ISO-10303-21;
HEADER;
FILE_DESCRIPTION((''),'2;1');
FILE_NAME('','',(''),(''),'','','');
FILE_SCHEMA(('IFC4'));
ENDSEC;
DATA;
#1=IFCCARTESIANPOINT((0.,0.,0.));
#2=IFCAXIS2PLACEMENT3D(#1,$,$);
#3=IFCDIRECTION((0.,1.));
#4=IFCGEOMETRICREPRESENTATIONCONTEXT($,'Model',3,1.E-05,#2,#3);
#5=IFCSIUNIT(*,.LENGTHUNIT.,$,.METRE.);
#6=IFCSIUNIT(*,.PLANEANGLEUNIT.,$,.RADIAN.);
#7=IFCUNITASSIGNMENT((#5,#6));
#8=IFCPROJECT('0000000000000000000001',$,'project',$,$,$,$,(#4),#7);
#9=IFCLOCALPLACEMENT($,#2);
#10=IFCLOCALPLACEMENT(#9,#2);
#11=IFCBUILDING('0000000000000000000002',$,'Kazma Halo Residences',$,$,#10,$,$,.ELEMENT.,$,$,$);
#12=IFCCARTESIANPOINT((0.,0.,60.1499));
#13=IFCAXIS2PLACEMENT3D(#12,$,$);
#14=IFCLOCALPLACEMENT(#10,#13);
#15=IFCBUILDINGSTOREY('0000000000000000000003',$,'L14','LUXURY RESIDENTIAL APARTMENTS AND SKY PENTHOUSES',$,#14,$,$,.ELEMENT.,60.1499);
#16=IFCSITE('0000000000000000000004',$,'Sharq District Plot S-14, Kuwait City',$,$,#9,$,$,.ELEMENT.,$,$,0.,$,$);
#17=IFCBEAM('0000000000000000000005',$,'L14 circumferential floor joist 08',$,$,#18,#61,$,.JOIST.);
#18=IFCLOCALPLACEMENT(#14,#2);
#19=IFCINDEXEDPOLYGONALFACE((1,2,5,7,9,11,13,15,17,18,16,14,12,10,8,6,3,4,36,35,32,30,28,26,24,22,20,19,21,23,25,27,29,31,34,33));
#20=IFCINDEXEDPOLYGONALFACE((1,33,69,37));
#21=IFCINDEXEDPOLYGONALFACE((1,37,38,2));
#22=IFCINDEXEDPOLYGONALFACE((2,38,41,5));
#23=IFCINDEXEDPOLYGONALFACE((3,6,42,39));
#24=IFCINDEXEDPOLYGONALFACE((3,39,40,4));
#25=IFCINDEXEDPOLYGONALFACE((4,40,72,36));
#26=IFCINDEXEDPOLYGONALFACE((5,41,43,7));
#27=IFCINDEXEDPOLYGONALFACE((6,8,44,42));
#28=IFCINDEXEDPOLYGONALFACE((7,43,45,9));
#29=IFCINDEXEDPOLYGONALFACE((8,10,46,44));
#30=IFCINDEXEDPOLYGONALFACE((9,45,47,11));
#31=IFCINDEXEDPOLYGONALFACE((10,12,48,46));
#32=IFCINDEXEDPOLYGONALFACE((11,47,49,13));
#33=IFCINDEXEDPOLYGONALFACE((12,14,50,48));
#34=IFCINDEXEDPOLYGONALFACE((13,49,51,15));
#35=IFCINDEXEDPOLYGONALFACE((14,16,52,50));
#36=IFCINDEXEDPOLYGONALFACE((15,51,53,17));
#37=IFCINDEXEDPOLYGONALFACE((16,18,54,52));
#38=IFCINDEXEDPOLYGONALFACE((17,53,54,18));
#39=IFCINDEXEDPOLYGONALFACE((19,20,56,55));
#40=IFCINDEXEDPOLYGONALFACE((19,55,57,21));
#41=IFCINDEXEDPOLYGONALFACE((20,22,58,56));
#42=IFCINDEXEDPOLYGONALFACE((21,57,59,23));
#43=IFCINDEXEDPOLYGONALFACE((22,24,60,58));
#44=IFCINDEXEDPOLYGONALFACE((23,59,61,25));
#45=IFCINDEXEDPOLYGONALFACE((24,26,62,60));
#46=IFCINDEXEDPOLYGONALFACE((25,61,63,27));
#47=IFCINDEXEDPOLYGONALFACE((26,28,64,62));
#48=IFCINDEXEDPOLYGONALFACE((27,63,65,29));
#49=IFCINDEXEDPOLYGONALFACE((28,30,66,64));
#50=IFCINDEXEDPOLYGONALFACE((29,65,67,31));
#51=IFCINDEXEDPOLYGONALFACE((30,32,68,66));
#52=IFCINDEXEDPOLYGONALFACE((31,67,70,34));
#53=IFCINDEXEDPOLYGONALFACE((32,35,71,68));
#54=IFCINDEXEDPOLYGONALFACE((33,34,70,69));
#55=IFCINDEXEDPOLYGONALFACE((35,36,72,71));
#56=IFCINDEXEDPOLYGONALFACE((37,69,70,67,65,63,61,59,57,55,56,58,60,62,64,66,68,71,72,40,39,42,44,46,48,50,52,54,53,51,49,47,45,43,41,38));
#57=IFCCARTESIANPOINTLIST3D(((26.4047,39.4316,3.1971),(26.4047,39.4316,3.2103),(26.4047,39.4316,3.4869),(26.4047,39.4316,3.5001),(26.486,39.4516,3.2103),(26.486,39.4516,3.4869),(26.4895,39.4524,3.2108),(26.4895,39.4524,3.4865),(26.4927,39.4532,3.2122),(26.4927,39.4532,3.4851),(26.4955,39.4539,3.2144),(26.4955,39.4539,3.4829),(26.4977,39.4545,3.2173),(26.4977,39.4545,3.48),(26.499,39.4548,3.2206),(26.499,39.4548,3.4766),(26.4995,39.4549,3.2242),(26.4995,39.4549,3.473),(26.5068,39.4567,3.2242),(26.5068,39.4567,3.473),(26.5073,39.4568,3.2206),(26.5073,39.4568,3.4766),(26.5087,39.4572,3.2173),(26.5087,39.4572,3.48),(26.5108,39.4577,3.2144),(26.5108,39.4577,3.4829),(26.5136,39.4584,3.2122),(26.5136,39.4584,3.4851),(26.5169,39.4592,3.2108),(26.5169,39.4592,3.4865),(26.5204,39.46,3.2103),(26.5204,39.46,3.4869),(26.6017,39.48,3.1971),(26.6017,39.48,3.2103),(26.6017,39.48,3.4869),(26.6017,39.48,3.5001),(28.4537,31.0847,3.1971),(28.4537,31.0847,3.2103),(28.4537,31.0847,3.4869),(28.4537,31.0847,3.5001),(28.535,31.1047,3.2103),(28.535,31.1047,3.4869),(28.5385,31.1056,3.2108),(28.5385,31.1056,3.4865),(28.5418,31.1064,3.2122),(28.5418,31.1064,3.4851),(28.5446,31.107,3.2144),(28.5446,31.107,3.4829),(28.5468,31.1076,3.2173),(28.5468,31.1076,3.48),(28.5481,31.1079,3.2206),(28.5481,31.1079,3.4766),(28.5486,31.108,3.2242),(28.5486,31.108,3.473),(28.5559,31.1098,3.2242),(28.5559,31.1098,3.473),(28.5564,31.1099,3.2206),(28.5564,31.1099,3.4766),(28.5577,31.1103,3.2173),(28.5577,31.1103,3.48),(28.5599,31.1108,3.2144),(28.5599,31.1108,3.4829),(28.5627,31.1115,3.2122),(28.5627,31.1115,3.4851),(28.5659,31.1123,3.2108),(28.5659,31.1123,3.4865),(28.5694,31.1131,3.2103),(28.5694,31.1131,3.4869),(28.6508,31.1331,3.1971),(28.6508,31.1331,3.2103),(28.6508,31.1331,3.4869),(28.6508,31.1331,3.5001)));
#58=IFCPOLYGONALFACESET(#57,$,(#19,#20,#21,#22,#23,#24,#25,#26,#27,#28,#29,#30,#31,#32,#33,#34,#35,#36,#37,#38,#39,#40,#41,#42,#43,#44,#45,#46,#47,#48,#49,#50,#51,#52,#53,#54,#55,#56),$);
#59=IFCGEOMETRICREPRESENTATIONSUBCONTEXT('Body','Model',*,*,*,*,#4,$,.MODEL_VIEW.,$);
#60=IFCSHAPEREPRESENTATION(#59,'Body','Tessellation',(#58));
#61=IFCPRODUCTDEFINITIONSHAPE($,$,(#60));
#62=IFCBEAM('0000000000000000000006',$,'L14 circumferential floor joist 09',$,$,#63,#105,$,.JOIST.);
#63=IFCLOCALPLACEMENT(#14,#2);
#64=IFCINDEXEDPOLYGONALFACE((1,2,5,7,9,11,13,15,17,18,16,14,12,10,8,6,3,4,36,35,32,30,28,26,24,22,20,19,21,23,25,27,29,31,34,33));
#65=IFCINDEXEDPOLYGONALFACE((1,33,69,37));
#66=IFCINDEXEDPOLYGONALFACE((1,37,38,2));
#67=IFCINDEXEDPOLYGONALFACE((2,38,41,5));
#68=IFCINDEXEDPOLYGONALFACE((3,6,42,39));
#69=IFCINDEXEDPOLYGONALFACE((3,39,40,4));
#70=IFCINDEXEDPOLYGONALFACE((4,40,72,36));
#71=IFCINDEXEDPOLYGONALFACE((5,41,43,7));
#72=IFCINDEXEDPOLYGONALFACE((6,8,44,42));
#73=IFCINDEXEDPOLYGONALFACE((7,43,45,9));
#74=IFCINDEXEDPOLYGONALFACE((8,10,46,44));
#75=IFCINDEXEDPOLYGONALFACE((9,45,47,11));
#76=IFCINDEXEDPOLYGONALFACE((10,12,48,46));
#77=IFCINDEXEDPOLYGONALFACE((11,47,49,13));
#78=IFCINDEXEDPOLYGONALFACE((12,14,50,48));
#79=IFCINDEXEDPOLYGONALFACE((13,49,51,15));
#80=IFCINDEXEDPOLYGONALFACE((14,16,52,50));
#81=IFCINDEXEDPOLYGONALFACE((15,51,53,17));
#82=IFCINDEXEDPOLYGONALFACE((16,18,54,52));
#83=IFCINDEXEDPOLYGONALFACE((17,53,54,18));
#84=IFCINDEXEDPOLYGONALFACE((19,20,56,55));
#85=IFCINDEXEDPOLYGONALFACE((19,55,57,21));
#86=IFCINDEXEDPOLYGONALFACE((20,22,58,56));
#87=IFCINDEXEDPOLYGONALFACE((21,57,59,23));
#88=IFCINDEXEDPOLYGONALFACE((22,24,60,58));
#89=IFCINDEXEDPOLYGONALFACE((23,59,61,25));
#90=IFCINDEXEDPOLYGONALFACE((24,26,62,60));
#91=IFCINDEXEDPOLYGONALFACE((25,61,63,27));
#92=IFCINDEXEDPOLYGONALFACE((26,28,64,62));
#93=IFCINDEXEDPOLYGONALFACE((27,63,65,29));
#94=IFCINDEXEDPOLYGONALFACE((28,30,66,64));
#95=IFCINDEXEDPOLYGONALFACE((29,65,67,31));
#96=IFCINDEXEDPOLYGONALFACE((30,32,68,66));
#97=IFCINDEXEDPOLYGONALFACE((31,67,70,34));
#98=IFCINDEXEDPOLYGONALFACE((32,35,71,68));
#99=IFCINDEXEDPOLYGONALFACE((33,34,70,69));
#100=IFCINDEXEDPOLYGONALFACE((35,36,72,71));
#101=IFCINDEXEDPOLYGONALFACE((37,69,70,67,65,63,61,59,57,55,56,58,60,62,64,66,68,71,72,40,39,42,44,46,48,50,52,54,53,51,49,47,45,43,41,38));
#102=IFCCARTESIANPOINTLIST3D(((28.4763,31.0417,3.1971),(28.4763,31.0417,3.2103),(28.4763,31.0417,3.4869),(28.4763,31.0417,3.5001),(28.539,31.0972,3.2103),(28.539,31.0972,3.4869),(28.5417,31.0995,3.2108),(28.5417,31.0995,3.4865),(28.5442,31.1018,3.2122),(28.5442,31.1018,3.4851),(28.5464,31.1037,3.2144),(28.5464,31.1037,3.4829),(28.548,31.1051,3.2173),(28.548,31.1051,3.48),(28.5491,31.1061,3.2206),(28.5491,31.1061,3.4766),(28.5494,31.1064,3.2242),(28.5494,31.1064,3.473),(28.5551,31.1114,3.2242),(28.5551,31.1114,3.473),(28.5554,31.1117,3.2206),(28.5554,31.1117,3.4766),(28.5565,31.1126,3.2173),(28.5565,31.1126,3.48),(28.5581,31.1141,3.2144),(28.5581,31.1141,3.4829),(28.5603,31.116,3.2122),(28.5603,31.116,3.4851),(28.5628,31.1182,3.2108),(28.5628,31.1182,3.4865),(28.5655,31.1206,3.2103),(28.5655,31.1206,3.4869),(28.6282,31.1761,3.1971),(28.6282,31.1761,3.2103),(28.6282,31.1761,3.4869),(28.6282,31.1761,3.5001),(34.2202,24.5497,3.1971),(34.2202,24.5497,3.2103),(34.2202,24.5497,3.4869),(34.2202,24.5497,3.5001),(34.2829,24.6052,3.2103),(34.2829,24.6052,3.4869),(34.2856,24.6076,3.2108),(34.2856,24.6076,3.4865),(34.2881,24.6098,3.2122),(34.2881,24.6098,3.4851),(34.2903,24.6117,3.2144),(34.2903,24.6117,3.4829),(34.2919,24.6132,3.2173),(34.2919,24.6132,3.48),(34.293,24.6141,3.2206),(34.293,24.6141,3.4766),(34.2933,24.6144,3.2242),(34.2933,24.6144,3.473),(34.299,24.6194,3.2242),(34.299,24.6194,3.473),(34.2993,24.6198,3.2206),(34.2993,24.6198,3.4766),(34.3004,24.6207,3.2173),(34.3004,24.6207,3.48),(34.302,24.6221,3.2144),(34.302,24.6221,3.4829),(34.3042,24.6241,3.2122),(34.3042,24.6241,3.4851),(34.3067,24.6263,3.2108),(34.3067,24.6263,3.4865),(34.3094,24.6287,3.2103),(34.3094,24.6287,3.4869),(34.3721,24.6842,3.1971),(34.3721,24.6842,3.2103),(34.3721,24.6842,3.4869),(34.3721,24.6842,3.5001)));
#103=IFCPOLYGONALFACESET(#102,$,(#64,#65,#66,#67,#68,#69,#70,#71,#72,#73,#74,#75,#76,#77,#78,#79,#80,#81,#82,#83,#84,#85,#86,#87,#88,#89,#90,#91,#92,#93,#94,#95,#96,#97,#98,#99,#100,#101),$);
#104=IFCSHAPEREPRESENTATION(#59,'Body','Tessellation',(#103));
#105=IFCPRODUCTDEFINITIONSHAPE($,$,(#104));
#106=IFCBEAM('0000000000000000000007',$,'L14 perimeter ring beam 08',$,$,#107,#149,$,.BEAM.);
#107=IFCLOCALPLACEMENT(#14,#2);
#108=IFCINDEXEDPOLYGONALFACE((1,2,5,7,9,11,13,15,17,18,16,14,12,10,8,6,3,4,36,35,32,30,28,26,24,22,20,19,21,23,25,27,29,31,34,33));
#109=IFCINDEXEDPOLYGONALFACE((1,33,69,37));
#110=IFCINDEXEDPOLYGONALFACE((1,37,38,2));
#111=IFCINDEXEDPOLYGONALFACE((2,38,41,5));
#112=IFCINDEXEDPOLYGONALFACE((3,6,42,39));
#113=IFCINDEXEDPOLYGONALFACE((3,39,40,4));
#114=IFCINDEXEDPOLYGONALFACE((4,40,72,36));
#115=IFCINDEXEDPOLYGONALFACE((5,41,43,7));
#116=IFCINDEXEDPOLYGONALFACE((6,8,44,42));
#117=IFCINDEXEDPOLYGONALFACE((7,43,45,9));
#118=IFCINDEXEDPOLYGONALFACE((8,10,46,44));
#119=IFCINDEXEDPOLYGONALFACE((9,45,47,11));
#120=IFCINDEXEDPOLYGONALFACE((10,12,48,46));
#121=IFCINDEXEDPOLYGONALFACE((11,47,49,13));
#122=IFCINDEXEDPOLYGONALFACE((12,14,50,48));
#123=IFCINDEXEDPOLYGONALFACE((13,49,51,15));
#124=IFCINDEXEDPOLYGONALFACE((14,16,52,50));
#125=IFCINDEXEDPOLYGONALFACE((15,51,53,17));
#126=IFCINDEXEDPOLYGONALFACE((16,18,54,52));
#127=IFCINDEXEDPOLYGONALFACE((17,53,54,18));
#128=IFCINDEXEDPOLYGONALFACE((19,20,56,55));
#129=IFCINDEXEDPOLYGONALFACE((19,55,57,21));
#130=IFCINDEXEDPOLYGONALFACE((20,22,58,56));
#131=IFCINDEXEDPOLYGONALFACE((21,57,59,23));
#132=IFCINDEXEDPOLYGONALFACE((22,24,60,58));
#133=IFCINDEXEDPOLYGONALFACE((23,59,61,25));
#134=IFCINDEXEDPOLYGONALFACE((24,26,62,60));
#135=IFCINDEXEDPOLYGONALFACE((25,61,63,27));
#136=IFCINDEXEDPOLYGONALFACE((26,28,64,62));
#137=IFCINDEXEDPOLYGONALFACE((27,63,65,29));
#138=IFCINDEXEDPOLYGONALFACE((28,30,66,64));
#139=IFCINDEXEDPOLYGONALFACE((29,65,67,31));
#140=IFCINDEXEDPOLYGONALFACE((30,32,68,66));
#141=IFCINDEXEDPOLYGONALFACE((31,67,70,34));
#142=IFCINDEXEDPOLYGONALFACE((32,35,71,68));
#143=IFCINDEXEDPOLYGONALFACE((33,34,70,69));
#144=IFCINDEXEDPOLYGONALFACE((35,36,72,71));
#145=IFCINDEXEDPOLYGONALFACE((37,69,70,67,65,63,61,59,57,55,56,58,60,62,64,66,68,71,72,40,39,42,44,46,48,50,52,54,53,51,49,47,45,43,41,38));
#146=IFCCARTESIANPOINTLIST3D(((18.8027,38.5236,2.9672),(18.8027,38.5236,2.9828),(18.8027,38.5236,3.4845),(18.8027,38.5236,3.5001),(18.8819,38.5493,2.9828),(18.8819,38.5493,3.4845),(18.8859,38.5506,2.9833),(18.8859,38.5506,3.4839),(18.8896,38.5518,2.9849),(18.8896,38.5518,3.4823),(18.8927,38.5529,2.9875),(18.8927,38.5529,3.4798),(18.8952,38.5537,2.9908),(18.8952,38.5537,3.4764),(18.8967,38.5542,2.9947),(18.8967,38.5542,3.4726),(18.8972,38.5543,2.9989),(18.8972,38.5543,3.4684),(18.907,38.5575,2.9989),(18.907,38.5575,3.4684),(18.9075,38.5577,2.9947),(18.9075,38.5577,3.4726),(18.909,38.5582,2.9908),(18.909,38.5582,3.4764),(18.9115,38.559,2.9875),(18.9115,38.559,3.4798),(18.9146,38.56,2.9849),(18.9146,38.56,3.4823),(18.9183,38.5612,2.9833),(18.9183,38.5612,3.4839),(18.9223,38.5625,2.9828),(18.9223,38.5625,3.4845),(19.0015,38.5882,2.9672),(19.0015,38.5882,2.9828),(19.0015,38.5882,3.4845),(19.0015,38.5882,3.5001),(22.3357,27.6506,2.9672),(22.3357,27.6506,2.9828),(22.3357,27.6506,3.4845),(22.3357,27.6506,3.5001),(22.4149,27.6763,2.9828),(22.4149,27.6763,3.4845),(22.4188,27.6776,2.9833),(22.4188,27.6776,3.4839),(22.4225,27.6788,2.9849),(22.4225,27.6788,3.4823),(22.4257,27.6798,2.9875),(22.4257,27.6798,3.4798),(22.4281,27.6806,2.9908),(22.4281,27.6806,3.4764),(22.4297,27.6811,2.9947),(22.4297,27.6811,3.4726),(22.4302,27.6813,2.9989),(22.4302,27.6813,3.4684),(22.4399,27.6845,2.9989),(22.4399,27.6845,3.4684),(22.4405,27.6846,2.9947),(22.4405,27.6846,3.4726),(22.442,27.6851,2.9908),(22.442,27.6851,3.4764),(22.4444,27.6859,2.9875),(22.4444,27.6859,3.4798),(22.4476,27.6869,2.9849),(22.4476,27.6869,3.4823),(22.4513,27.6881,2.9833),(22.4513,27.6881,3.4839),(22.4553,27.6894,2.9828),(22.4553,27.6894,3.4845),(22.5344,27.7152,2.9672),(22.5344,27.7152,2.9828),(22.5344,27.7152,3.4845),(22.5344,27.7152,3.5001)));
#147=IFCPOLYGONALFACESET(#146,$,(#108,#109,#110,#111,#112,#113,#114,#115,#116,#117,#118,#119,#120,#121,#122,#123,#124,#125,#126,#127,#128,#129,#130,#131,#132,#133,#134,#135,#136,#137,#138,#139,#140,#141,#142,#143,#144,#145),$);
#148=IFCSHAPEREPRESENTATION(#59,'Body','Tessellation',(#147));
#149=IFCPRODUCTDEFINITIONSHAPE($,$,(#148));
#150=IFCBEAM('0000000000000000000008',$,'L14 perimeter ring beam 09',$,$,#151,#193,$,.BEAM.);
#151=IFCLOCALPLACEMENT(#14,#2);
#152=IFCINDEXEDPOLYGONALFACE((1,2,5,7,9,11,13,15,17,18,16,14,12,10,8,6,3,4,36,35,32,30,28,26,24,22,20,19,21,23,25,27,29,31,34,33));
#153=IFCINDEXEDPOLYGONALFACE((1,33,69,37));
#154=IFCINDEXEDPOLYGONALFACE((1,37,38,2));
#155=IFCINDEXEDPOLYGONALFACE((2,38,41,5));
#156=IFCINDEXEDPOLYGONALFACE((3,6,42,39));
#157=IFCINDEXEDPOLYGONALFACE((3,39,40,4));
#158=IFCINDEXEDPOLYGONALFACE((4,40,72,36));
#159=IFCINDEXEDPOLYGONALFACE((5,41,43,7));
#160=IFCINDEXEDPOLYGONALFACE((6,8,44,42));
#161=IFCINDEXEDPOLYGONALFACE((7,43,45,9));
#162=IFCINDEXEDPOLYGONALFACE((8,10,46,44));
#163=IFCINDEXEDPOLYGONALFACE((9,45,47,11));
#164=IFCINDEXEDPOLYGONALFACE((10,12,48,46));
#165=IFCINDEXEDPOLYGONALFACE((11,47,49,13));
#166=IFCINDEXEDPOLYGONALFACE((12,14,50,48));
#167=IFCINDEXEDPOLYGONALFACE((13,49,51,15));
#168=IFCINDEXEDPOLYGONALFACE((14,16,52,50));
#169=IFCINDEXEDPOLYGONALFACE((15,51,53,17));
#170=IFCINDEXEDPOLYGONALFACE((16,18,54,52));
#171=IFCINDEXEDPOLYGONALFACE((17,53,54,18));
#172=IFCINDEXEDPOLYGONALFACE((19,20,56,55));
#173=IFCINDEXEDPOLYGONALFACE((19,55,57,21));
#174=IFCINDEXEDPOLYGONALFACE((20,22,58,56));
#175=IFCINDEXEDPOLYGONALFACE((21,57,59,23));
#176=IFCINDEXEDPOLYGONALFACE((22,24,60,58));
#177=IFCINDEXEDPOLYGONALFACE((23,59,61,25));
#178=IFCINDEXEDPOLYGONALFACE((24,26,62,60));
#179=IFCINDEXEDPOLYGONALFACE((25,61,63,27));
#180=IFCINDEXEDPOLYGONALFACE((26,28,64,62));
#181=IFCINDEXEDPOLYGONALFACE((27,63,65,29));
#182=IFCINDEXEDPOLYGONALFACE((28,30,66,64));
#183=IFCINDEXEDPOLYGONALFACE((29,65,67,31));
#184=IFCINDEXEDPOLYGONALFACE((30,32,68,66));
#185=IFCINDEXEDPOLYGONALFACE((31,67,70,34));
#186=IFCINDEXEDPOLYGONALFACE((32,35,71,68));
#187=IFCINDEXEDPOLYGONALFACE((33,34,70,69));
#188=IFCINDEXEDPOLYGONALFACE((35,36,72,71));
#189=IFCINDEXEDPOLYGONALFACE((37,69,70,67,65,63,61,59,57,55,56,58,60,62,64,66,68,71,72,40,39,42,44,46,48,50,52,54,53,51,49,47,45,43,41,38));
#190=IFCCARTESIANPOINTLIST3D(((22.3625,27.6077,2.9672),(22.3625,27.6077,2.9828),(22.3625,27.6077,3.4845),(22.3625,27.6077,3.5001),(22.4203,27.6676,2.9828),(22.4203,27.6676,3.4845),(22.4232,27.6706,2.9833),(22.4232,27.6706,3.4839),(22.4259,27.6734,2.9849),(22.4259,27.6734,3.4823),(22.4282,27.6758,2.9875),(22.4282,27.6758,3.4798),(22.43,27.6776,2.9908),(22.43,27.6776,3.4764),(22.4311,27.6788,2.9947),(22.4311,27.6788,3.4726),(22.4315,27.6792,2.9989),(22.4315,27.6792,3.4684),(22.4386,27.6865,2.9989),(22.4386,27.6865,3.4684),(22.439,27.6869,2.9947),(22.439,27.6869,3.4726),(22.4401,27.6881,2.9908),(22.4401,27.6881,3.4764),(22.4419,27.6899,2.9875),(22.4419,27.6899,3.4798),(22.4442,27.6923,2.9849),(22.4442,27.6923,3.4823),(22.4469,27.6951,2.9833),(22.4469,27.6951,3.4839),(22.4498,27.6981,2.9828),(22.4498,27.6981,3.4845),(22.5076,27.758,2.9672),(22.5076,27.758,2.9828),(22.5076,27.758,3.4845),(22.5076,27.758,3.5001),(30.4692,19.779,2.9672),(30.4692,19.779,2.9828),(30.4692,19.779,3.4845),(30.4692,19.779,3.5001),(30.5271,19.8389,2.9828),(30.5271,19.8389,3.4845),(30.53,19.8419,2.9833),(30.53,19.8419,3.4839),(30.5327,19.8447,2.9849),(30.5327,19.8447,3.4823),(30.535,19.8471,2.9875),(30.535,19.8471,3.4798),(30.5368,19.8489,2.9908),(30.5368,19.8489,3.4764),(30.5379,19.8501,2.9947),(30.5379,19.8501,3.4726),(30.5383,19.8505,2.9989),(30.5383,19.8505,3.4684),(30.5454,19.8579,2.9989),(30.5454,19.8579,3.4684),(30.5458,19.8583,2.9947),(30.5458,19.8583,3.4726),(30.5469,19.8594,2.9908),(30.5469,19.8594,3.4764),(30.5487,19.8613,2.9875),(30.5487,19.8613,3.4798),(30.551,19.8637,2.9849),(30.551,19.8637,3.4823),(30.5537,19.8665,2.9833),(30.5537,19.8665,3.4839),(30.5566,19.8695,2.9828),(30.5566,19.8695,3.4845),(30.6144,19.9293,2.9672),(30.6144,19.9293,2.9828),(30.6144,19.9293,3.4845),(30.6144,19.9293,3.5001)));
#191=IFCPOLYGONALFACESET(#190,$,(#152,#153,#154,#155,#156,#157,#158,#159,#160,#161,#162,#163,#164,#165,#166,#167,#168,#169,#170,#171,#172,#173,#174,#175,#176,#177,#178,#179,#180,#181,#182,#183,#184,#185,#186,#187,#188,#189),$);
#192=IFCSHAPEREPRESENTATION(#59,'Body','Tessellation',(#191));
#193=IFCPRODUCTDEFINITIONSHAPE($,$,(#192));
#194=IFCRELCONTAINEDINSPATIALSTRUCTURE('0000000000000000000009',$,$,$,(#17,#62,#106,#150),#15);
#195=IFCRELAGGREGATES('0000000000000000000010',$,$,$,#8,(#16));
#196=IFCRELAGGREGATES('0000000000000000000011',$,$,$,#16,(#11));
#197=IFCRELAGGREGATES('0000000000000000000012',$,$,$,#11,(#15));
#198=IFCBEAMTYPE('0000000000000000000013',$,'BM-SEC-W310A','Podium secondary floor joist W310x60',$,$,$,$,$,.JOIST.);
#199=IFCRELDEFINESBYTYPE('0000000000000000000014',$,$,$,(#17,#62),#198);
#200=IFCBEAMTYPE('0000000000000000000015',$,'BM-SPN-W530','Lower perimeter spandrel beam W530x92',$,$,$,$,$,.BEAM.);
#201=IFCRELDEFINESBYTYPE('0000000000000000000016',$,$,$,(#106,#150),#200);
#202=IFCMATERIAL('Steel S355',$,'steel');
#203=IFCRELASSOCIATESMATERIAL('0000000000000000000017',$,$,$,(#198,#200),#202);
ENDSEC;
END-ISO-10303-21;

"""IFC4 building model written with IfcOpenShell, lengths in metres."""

from ifc_helpers import new_model, si_unit, direction, frame, origin, origin_2d, place, context, subcontext, project, spatial, i_section, extrude, material, material_profile, profile_set, type_object, element, save


model = new_model("IFC4")

# Units and contexts
model_context = context("Model", 3, precision=1e-05, world=origin(), true_north=direction((0.0, 1.0)))
body_context = subcontext(model_context, "Body", "Model", "MODEL_VIEW")
ifc_project = project(units=[si_unit("LENGTHUNIT", "METRE"), si_unit("PLANEANGLEUNIT", "RADIAN")], contexts=[model_context])

# Site, building, storey
site_placement = place(None, origin())
site = spatial("IfcSite", under=ifc_project, at=site_placement, Name="Sharq District Plot S-14, Kuwait City", CompositionType="ELEMENT", RefElevation=0.0)
building_placement = place(site_placement, origin())
building = spatial("IfcBuilding", under=site, at=building_placement, Name="Kazma Halo Residences", CompositionType="ELEMENT")
storey_placement = place(building_placement, frame((0.0, 0.0, 60.1499)))
storey = spatial("IfcBuildingStorey", under=building, at=storey_placement, Name="L14", Description="LUXURY RESIDENTIAL APARTMENTS AND SKY PENTHOUSES", CompositionType="ELEMENT", Elevation=60.1499)

# Beams
ifc_material_1 = material(Name="Steel S355", Category="steel")
ifc_material_profile_1 = material_profile(ifc_material_1, i_section(OverallWidth=0.2029, OverallDepth=0.303, WebThickness=0.0076, FlangeThickness=0.0132, FilletRadius=0.0139, at=origin_2d()), Name="W310x60")
ifc_profile_set_1 = profile_set([ifc_material_profile_1], Name="Steel S355")
beam_type_1 = type_object("IfcBeamType", Name="BM-SEC-W310A", Description="Podium secondary floor joist W310x60", PredefinedType="JOIST", material=ifc_profile_set_1)
beam_1_placement = place(storey_placement, frame((26.5032, 39.4558, 3.3486), z_axis=(0.23841, -0.971165, 0.0), x_axis=(0.971165, 0.23841, 0.0)))
element("IfcBeam", 1, at=beam_1_placement, inside=storey, type_object=beam_type_1, Name="L14 circumferential floor joist 08", PredefinedType="JOIST", context=body_context, shape_type="SweptSolid", body=[
    extrude(i_section(OverallWidth=0.2029, OverallDepth=0.303, WebThickness=0.0076, FlangeThickness=0.0132, FilletRadius=0.0139, at=origin_2d()), origin(), (0.0, 0.0, 1.0), 8.5947),
])
beam_2_placement = place(storey_placement, frame((28.5522, 31.1089, 3.3486), z_axis=(0.66264, -0.748938, 0.0), x_axis=(0.748938, 0.66264, 0.0)))
element("IfcBeam", 2, at=beam_2_placement, inside=storey, type_object=beam_type_1, Name="L14 circumferential floor joist 09", PredefinedType="JOIST", context=body_context, shape_type="SweptSolid", body=[
    extrude(i_section(OverallWidth=0.2029, OverallDepth=0.303, WebThickness=0.0076, FlangeThickness=0.0132, FilletRadius=0.0139, at=origin_2d()), origin(), (0.0, 0.0, 1.0), 8.6682),
])
ifc_material_profile_2 = material_profile(ifc_material_1, i_section(OverallWidth=0.209, OverallDepth=0.533, WebThickness=0.0103, FlangeThickness=0.0156, FilletRadius=0.0161, at=origin_2d()), Name="W530x92")
ifc_profile_set_2 = profile_set([ifc_material_profile_2], Name="Steel S355")
beam_type_2 = type_object("IfcBeamType", Name="BM-SPN-W530", Description="Lower perimeter spandrel beam W530x92", PredefinedType="BEAM", material=ifc_profile_set_2)
beam_3_placement = place(storey_placement, frame((18.9021, 38.5559, 3.2336), z_axis=(0.309024, -0.951054, 0.0), x_axis=(0.951054, 0.309024, 0.0)))
element("IfcBeam", 3, at=beam_3_placement, inside=storey, type_object=beam_type_2, Name="L14 perimeter ring beam 08", PredefinedType="BEAM", context=body_context, shape_type="SweptSolid", body=[
    extrude(i_section(OverallWidth=0.209, OverallDepth=0.533, WebThickness=0.0103, FlangeThickness=0.0156, FilletRadius=0.0161, at=origin_2d()), origin(), (0.0, 0.0, 1.0), 11.4326),
])
beam_4_placement = place(storey_placement, frame((22.4351, 27.6829, 3.2336), z_axis=(0.719337, -0.694662, 0.0), x_axis=(0.694662, 0.719337, 0.0)))
element("IfcBeam", 4, at=beam_4_placement, inside=storey, type_object=beam_type_2, Name="L14 perimeter ring beam 09", PredefinedType="BEAM", context=body_context, shape_type="SweptSolid", body=[
    extrude(i_section(OverallWidth=0.209, OverallDepth=0.533, WebThickness=0.0103, FlangeThickness=0.0156, FilletRadius=0.0161, at=origin_2d()), origin(), (0.0, 0.0, 1.0), 11.2698),
])

save(model, "model.ifc")
